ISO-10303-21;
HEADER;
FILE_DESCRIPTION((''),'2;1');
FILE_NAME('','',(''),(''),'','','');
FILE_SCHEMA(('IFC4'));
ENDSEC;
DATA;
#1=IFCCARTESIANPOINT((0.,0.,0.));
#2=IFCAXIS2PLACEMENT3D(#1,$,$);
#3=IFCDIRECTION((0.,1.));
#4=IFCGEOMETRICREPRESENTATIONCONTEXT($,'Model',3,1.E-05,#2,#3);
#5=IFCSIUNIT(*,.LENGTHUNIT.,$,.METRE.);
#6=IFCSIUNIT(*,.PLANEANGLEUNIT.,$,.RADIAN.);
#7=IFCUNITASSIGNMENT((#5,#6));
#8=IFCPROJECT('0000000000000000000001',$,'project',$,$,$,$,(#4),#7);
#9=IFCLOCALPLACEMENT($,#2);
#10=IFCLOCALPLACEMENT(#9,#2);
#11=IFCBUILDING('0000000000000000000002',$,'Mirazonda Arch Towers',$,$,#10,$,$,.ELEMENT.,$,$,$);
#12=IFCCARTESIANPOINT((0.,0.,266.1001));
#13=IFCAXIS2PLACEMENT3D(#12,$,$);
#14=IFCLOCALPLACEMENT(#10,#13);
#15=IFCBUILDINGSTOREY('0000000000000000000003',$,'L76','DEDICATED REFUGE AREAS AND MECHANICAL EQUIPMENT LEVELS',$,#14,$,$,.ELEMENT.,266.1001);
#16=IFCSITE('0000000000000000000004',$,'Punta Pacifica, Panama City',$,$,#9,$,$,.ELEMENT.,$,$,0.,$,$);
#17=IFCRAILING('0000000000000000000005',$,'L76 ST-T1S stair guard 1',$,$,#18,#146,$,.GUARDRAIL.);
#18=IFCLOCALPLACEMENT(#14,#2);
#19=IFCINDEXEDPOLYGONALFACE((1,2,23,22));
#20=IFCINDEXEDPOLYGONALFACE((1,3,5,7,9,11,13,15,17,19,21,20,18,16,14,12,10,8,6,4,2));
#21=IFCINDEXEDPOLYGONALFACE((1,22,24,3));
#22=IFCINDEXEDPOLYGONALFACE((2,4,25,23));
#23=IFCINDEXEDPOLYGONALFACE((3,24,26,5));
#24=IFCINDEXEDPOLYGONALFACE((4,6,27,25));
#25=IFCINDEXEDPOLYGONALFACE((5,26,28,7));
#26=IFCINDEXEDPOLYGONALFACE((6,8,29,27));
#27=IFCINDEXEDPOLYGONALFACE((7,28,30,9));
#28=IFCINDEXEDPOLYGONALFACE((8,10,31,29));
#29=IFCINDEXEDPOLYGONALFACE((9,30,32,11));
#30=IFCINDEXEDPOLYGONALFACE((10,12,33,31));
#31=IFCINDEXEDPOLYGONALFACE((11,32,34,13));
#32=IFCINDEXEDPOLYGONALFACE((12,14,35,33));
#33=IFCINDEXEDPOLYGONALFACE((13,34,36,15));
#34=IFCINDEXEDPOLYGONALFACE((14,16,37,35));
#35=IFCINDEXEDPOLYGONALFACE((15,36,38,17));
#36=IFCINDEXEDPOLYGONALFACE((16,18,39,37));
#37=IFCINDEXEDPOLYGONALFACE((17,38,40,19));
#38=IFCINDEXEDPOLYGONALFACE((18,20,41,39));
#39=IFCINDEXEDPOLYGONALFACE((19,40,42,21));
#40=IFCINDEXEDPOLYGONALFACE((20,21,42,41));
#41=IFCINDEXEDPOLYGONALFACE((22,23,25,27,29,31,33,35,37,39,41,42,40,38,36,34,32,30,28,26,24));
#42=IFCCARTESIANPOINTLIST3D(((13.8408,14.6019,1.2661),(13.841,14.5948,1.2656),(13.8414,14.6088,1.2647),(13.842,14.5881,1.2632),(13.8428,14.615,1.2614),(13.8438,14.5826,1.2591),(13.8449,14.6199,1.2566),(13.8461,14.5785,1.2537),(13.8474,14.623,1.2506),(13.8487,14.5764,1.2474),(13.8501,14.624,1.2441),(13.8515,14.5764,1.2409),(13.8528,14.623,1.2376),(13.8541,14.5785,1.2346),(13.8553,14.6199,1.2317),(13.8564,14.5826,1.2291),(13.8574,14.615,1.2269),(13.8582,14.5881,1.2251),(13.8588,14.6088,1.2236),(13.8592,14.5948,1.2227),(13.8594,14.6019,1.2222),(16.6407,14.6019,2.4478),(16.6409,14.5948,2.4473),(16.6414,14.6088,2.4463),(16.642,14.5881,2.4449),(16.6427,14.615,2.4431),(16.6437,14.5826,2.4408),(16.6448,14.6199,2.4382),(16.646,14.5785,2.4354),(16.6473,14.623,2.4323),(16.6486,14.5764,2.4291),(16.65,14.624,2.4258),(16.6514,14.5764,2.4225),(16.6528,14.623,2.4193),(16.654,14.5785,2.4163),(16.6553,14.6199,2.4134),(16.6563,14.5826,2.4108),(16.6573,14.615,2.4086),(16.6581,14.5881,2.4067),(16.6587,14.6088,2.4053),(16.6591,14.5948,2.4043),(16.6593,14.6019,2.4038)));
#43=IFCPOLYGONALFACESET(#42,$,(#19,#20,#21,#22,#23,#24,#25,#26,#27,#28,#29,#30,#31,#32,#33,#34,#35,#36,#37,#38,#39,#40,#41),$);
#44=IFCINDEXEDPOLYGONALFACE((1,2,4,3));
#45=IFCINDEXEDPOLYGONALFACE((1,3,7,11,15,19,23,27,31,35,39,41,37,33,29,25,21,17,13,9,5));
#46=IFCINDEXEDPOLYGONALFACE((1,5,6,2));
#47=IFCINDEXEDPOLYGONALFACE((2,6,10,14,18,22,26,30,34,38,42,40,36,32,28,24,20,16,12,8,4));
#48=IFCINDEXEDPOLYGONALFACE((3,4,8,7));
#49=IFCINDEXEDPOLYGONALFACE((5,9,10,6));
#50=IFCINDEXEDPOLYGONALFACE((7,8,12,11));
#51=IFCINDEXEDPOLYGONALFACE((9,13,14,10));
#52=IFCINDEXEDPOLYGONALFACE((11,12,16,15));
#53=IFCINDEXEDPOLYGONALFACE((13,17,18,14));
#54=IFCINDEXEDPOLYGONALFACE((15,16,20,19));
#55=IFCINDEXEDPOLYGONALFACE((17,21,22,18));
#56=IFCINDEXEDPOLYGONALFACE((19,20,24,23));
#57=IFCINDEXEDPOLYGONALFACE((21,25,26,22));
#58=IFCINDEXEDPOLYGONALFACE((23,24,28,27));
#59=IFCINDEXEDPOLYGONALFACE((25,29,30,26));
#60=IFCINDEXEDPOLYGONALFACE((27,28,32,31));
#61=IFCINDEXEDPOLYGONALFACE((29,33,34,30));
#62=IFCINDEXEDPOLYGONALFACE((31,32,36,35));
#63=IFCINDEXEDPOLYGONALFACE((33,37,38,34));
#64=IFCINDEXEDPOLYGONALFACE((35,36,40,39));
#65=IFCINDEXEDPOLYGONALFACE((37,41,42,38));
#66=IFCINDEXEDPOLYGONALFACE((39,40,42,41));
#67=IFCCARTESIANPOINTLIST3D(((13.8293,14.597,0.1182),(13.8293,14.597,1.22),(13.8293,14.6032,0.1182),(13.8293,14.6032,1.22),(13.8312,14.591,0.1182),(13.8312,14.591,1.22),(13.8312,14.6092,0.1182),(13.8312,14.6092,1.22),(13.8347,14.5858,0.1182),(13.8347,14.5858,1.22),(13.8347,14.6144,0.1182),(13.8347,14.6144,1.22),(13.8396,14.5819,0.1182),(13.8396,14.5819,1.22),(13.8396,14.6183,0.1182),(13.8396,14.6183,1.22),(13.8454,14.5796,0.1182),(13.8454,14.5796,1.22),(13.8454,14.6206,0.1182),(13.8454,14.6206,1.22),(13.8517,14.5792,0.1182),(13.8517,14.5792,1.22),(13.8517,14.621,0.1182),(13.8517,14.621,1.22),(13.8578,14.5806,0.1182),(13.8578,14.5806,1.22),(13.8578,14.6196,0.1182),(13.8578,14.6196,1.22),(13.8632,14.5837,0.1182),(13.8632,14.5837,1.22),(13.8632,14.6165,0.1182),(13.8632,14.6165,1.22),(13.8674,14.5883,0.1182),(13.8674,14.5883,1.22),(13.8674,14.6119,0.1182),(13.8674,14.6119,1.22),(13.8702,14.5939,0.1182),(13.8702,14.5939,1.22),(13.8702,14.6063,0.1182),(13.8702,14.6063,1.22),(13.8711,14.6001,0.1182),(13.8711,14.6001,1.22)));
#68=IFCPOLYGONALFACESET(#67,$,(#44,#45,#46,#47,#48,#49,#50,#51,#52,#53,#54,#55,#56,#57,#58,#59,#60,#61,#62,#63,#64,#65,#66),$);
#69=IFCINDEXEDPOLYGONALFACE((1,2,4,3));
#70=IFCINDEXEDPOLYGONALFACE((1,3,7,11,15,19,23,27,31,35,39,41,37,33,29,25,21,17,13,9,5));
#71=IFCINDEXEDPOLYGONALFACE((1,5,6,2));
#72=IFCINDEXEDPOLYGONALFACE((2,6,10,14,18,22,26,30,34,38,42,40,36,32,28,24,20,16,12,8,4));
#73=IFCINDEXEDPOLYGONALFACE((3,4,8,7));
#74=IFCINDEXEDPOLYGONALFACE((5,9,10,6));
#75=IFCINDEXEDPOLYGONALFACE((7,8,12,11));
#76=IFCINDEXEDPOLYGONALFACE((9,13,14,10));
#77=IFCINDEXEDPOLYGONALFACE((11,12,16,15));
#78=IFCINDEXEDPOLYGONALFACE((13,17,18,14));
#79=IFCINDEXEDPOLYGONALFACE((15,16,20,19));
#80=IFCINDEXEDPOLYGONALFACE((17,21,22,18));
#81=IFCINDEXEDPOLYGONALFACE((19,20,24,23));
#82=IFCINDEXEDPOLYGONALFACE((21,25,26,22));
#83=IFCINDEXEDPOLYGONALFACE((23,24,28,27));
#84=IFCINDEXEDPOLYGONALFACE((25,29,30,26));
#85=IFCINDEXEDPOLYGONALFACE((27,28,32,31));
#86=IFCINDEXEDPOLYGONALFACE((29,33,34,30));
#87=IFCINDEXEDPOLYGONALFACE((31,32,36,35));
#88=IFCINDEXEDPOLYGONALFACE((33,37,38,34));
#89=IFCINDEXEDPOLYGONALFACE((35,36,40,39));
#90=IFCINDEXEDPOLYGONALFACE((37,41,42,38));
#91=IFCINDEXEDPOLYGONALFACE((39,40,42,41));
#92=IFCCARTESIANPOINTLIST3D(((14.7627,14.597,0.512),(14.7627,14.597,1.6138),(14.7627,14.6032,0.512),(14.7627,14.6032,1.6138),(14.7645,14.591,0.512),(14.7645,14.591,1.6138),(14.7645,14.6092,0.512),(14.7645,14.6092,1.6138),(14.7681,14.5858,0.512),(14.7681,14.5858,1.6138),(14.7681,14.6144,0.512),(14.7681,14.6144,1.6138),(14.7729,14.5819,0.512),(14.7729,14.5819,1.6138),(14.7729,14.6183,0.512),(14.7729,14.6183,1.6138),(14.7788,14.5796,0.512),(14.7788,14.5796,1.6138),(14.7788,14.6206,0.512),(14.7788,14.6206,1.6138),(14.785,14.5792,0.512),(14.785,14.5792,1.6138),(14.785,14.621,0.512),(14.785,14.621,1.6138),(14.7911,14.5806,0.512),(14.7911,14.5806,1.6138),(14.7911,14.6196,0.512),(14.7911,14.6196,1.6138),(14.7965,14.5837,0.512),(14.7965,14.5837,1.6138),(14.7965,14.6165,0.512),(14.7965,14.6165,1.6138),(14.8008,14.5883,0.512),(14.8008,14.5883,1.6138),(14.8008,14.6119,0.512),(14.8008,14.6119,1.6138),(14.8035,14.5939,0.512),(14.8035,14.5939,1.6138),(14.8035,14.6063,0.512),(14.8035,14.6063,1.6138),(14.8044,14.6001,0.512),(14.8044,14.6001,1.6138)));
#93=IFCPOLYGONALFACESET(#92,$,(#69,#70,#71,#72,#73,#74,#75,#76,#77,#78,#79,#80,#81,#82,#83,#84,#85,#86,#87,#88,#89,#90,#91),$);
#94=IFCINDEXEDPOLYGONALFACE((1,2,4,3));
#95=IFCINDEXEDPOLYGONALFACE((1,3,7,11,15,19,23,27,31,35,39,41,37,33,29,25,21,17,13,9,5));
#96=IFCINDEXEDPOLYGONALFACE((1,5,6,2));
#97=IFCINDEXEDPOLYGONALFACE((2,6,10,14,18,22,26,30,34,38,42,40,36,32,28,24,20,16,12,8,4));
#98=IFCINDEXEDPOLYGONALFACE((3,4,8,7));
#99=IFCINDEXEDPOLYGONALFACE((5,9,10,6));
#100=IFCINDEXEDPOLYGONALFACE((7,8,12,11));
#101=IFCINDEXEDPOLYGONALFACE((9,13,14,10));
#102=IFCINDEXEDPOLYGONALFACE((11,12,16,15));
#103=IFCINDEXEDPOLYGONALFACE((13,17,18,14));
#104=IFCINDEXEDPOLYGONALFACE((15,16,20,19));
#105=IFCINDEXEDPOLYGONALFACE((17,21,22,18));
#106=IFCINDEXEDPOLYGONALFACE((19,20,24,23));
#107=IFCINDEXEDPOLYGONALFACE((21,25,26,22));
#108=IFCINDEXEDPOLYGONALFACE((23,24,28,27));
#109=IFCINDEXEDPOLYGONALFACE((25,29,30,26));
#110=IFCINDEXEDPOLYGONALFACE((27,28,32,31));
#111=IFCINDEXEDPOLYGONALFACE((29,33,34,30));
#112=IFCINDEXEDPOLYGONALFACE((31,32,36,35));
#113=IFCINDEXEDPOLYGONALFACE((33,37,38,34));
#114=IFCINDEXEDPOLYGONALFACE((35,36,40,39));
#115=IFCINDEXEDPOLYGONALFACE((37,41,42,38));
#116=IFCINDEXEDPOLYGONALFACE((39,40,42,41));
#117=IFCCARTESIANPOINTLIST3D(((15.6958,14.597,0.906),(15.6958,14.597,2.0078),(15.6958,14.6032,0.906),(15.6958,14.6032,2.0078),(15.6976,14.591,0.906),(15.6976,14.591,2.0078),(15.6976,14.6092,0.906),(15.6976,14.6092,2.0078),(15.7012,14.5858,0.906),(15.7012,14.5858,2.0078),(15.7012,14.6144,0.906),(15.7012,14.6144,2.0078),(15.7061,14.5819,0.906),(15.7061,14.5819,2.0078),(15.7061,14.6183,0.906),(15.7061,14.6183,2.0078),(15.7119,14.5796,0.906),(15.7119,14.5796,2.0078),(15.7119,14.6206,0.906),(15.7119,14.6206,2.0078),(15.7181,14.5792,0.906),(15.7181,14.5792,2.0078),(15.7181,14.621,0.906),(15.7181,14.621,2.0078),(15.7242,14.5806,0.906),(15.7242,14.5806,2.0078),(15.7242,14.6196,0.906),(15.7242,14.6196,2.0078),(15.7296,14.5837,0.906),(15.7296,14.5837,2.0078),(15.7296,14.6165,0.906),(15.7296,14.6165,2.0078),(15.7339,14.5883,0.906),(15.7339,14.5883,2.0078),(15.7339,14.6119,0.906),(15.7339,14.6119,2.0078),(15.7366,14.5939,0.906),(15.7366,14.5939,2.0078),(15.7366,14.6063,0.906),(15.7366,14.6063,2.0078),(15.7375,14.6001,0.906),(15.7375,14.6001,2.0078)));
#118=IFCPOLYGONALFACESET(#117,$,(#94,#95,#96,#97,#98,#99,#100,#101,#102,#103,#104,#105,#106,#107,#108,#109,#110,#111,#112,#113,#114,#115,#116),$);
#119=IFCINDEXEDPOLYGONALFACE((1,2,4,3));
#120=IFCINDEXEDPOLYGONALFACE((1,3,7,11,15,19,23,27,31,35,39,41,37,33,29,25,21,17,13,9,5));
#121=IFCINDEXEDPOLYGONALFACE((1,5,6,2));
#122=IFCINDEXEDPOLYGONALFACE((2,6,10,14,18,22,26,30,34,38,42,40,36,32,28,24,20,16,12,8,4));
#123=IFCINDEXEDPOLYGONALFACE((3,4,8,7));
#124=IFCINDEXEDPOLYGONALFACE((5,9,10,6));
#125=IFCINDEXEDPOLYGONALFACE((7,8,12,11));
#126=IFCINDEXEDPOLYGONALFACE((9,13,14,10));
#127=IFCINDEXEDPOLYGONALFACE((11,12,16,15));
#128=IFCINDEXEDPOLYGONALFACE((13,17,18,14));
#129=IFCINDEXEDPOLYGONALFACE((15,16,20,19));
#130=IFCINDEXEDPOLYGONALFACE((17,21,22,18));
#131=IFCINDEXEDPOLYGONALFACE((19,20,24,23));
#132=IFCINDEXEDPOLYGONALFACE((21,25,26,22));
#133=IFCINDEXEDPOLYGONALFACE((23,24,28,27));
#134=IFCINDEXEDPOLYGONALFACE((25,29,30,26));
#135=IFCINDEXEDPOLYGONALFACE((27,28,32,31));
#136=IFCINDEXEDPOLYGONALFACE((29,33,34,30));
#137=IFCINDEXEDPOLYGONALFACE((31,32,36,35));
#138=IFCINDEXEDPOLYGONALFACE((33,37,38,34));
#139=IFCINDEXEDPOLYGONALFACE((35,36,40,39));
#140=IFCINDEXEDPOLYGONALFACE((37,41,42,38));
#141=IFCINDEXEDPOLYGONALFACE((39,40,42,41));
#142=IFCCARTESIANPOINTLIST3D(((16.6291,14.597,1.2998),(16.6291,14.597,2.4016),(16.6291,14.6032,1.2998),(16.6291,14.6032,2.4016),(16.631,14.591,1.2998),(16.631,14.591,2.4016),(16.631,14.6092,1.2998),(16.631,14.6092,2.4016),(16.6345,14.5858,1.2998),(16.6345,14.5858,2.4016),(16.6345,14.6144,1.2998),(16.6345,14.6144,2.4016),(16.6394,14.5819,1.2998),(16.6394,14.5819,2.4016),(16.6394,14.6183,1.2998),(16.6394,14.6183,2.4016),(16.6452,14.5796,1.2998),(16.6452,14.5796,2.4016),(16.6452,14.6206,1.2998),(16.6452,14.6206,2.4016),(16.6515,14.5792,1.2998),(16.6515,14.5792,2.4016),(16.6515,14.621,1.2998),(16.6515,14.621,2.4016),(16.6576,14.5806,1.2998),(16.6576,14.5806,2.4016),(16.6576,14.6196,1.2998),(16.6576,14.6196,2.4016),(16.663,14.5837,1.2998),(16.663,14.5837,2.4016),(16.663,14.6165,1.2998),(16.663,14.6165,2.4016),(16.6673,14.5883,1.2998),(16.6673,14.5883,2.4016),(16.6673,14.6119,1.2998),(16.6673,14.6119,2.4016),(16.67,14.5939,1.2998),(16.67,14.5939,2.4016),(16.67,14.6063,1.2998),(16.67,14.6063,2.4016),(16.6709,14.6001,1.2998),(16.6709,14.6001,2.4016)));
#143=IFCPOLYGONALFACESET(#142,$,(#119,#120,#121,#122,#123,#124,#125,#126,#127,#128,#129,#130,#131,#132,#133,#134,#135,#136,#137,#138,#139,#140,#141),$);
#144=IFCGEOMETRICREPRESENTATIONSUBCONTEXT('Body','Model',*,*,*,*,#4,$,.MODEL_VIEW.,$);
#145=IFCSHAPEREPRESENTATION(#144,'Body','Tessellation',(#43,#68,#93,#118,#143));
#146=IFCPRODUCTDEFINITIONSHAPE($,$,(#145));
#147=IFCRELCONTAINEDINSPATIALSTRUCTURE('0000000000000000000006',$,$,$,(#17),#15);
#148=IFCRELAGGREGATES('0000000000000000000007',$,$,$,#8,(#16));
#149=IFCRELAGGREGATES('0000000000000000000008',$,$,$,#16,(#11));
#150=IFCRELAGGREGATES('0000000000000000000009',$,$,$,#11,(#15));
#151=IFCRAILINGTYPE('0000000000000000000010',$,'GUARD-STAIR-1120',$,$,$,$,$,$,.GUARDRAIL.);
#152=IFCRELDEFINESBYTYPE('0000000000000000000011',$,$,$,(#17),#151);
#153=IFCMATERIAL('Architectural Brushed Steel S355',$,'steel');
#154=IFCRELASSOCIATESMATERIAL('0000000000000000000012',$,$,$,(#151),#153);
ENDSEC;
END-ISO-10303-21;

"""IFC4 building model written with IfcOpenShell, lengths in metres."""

from ifc_helpers import new_model, si_unit, direction, frame, origin, origin_2d, place, context, subcontext, project, spatial, circle, extrude, material, type_object, element, save


model = new_model("IFC4")

# Units and contexts
model_context = context("Model", 3, precision=1e-05, world=origin(), true_north=direction((0.0, 1.0)))
body_context = subcontext(model_context, "Body", "Model", "MODEL_VIEW")
ifc_project = project(units=[si_unit("LENGTHUNIT", "METRE"), si_unit("PLANEANGLEUNIT", "RADIAN")], contexts=[model_context])

# Site, building, storey
site_placement = place(None, origin())
site = spatial("IfcSite", under=ifc_project, at=site_placement, Name="Punta Pacifica, Panama City", CompositionType="ELEMENT", RefElevation=0.0)
building_placement = place(site_placement, origin())
building = spatial("IfcBuilding", under=site, at=building_placement, Name="Mirazonda Arch Towers", CompositionType="ELEMENT")
storey_placement = place(building_placement, frame((0.0, 0.0, 266.1001)))
storey = spatial("IfcBuildingStorey", under=building, at=storey_placement, Name="L76", Description="DEDICATED REFUGE AREAS AND MECHANICAL EQUIPMENT LEVELS", CompositionType="ELEMENT", Elevation=266.1001)

# Railing
ifc_material_1 = material(Name="Architectural Brushed Steel S355", Category="steel")
railing_type_1 = type_object("IfcRailingType", Name="GUARD-STAIR-1120", PredefinedType="GUARDRAIL", material=ifc_material_1)
railing_1_placement = place(storey_placement, frame((13.8501, 14.6001, 0.1182)))
element("IfcRailing", 1, at=railing_1_placement, inside=storey, type_object=railing_type_1, Name="L76 ST-T1S stair guard 1", PredefinedType="GUARDRAIL", context=body_context, shape_type="SweptSolid", body=[
    extrude(circle(Radius=0.0239, at=origin_2d()), frame((0.0, 0.0, 1.126), z_axis=(0.921308, 0.0, 0.388833), x_axis=(0.0, 1.0, 0.0)), (0.0, 0.0, 1.0), 3.0391),
    extrude(circle(Radius=0.021, at=origin_2d()), origin(), (0.0, 0.0, 1.0), 1.1018),
    extrude(circle(Radius=0.021, at=origin_2d()), frame((0.9333, 0.0, 0.3938)), (0.0, 0.0, 1.0), 1.1018),
    extrude(circle(Radius=0.021, at=origin_2d()), frame((1.8665, 0.0, 0.7878)), (0.0, 0.0, 1.0), 1.1018),
    extrude(circle(Radius=0.021, at=origin_2d()), frame((2.7998, 0.0, 1.1816)), (0.0, 0.0, 1.0), 1.1018),
])

save(model, "model.ifc")
